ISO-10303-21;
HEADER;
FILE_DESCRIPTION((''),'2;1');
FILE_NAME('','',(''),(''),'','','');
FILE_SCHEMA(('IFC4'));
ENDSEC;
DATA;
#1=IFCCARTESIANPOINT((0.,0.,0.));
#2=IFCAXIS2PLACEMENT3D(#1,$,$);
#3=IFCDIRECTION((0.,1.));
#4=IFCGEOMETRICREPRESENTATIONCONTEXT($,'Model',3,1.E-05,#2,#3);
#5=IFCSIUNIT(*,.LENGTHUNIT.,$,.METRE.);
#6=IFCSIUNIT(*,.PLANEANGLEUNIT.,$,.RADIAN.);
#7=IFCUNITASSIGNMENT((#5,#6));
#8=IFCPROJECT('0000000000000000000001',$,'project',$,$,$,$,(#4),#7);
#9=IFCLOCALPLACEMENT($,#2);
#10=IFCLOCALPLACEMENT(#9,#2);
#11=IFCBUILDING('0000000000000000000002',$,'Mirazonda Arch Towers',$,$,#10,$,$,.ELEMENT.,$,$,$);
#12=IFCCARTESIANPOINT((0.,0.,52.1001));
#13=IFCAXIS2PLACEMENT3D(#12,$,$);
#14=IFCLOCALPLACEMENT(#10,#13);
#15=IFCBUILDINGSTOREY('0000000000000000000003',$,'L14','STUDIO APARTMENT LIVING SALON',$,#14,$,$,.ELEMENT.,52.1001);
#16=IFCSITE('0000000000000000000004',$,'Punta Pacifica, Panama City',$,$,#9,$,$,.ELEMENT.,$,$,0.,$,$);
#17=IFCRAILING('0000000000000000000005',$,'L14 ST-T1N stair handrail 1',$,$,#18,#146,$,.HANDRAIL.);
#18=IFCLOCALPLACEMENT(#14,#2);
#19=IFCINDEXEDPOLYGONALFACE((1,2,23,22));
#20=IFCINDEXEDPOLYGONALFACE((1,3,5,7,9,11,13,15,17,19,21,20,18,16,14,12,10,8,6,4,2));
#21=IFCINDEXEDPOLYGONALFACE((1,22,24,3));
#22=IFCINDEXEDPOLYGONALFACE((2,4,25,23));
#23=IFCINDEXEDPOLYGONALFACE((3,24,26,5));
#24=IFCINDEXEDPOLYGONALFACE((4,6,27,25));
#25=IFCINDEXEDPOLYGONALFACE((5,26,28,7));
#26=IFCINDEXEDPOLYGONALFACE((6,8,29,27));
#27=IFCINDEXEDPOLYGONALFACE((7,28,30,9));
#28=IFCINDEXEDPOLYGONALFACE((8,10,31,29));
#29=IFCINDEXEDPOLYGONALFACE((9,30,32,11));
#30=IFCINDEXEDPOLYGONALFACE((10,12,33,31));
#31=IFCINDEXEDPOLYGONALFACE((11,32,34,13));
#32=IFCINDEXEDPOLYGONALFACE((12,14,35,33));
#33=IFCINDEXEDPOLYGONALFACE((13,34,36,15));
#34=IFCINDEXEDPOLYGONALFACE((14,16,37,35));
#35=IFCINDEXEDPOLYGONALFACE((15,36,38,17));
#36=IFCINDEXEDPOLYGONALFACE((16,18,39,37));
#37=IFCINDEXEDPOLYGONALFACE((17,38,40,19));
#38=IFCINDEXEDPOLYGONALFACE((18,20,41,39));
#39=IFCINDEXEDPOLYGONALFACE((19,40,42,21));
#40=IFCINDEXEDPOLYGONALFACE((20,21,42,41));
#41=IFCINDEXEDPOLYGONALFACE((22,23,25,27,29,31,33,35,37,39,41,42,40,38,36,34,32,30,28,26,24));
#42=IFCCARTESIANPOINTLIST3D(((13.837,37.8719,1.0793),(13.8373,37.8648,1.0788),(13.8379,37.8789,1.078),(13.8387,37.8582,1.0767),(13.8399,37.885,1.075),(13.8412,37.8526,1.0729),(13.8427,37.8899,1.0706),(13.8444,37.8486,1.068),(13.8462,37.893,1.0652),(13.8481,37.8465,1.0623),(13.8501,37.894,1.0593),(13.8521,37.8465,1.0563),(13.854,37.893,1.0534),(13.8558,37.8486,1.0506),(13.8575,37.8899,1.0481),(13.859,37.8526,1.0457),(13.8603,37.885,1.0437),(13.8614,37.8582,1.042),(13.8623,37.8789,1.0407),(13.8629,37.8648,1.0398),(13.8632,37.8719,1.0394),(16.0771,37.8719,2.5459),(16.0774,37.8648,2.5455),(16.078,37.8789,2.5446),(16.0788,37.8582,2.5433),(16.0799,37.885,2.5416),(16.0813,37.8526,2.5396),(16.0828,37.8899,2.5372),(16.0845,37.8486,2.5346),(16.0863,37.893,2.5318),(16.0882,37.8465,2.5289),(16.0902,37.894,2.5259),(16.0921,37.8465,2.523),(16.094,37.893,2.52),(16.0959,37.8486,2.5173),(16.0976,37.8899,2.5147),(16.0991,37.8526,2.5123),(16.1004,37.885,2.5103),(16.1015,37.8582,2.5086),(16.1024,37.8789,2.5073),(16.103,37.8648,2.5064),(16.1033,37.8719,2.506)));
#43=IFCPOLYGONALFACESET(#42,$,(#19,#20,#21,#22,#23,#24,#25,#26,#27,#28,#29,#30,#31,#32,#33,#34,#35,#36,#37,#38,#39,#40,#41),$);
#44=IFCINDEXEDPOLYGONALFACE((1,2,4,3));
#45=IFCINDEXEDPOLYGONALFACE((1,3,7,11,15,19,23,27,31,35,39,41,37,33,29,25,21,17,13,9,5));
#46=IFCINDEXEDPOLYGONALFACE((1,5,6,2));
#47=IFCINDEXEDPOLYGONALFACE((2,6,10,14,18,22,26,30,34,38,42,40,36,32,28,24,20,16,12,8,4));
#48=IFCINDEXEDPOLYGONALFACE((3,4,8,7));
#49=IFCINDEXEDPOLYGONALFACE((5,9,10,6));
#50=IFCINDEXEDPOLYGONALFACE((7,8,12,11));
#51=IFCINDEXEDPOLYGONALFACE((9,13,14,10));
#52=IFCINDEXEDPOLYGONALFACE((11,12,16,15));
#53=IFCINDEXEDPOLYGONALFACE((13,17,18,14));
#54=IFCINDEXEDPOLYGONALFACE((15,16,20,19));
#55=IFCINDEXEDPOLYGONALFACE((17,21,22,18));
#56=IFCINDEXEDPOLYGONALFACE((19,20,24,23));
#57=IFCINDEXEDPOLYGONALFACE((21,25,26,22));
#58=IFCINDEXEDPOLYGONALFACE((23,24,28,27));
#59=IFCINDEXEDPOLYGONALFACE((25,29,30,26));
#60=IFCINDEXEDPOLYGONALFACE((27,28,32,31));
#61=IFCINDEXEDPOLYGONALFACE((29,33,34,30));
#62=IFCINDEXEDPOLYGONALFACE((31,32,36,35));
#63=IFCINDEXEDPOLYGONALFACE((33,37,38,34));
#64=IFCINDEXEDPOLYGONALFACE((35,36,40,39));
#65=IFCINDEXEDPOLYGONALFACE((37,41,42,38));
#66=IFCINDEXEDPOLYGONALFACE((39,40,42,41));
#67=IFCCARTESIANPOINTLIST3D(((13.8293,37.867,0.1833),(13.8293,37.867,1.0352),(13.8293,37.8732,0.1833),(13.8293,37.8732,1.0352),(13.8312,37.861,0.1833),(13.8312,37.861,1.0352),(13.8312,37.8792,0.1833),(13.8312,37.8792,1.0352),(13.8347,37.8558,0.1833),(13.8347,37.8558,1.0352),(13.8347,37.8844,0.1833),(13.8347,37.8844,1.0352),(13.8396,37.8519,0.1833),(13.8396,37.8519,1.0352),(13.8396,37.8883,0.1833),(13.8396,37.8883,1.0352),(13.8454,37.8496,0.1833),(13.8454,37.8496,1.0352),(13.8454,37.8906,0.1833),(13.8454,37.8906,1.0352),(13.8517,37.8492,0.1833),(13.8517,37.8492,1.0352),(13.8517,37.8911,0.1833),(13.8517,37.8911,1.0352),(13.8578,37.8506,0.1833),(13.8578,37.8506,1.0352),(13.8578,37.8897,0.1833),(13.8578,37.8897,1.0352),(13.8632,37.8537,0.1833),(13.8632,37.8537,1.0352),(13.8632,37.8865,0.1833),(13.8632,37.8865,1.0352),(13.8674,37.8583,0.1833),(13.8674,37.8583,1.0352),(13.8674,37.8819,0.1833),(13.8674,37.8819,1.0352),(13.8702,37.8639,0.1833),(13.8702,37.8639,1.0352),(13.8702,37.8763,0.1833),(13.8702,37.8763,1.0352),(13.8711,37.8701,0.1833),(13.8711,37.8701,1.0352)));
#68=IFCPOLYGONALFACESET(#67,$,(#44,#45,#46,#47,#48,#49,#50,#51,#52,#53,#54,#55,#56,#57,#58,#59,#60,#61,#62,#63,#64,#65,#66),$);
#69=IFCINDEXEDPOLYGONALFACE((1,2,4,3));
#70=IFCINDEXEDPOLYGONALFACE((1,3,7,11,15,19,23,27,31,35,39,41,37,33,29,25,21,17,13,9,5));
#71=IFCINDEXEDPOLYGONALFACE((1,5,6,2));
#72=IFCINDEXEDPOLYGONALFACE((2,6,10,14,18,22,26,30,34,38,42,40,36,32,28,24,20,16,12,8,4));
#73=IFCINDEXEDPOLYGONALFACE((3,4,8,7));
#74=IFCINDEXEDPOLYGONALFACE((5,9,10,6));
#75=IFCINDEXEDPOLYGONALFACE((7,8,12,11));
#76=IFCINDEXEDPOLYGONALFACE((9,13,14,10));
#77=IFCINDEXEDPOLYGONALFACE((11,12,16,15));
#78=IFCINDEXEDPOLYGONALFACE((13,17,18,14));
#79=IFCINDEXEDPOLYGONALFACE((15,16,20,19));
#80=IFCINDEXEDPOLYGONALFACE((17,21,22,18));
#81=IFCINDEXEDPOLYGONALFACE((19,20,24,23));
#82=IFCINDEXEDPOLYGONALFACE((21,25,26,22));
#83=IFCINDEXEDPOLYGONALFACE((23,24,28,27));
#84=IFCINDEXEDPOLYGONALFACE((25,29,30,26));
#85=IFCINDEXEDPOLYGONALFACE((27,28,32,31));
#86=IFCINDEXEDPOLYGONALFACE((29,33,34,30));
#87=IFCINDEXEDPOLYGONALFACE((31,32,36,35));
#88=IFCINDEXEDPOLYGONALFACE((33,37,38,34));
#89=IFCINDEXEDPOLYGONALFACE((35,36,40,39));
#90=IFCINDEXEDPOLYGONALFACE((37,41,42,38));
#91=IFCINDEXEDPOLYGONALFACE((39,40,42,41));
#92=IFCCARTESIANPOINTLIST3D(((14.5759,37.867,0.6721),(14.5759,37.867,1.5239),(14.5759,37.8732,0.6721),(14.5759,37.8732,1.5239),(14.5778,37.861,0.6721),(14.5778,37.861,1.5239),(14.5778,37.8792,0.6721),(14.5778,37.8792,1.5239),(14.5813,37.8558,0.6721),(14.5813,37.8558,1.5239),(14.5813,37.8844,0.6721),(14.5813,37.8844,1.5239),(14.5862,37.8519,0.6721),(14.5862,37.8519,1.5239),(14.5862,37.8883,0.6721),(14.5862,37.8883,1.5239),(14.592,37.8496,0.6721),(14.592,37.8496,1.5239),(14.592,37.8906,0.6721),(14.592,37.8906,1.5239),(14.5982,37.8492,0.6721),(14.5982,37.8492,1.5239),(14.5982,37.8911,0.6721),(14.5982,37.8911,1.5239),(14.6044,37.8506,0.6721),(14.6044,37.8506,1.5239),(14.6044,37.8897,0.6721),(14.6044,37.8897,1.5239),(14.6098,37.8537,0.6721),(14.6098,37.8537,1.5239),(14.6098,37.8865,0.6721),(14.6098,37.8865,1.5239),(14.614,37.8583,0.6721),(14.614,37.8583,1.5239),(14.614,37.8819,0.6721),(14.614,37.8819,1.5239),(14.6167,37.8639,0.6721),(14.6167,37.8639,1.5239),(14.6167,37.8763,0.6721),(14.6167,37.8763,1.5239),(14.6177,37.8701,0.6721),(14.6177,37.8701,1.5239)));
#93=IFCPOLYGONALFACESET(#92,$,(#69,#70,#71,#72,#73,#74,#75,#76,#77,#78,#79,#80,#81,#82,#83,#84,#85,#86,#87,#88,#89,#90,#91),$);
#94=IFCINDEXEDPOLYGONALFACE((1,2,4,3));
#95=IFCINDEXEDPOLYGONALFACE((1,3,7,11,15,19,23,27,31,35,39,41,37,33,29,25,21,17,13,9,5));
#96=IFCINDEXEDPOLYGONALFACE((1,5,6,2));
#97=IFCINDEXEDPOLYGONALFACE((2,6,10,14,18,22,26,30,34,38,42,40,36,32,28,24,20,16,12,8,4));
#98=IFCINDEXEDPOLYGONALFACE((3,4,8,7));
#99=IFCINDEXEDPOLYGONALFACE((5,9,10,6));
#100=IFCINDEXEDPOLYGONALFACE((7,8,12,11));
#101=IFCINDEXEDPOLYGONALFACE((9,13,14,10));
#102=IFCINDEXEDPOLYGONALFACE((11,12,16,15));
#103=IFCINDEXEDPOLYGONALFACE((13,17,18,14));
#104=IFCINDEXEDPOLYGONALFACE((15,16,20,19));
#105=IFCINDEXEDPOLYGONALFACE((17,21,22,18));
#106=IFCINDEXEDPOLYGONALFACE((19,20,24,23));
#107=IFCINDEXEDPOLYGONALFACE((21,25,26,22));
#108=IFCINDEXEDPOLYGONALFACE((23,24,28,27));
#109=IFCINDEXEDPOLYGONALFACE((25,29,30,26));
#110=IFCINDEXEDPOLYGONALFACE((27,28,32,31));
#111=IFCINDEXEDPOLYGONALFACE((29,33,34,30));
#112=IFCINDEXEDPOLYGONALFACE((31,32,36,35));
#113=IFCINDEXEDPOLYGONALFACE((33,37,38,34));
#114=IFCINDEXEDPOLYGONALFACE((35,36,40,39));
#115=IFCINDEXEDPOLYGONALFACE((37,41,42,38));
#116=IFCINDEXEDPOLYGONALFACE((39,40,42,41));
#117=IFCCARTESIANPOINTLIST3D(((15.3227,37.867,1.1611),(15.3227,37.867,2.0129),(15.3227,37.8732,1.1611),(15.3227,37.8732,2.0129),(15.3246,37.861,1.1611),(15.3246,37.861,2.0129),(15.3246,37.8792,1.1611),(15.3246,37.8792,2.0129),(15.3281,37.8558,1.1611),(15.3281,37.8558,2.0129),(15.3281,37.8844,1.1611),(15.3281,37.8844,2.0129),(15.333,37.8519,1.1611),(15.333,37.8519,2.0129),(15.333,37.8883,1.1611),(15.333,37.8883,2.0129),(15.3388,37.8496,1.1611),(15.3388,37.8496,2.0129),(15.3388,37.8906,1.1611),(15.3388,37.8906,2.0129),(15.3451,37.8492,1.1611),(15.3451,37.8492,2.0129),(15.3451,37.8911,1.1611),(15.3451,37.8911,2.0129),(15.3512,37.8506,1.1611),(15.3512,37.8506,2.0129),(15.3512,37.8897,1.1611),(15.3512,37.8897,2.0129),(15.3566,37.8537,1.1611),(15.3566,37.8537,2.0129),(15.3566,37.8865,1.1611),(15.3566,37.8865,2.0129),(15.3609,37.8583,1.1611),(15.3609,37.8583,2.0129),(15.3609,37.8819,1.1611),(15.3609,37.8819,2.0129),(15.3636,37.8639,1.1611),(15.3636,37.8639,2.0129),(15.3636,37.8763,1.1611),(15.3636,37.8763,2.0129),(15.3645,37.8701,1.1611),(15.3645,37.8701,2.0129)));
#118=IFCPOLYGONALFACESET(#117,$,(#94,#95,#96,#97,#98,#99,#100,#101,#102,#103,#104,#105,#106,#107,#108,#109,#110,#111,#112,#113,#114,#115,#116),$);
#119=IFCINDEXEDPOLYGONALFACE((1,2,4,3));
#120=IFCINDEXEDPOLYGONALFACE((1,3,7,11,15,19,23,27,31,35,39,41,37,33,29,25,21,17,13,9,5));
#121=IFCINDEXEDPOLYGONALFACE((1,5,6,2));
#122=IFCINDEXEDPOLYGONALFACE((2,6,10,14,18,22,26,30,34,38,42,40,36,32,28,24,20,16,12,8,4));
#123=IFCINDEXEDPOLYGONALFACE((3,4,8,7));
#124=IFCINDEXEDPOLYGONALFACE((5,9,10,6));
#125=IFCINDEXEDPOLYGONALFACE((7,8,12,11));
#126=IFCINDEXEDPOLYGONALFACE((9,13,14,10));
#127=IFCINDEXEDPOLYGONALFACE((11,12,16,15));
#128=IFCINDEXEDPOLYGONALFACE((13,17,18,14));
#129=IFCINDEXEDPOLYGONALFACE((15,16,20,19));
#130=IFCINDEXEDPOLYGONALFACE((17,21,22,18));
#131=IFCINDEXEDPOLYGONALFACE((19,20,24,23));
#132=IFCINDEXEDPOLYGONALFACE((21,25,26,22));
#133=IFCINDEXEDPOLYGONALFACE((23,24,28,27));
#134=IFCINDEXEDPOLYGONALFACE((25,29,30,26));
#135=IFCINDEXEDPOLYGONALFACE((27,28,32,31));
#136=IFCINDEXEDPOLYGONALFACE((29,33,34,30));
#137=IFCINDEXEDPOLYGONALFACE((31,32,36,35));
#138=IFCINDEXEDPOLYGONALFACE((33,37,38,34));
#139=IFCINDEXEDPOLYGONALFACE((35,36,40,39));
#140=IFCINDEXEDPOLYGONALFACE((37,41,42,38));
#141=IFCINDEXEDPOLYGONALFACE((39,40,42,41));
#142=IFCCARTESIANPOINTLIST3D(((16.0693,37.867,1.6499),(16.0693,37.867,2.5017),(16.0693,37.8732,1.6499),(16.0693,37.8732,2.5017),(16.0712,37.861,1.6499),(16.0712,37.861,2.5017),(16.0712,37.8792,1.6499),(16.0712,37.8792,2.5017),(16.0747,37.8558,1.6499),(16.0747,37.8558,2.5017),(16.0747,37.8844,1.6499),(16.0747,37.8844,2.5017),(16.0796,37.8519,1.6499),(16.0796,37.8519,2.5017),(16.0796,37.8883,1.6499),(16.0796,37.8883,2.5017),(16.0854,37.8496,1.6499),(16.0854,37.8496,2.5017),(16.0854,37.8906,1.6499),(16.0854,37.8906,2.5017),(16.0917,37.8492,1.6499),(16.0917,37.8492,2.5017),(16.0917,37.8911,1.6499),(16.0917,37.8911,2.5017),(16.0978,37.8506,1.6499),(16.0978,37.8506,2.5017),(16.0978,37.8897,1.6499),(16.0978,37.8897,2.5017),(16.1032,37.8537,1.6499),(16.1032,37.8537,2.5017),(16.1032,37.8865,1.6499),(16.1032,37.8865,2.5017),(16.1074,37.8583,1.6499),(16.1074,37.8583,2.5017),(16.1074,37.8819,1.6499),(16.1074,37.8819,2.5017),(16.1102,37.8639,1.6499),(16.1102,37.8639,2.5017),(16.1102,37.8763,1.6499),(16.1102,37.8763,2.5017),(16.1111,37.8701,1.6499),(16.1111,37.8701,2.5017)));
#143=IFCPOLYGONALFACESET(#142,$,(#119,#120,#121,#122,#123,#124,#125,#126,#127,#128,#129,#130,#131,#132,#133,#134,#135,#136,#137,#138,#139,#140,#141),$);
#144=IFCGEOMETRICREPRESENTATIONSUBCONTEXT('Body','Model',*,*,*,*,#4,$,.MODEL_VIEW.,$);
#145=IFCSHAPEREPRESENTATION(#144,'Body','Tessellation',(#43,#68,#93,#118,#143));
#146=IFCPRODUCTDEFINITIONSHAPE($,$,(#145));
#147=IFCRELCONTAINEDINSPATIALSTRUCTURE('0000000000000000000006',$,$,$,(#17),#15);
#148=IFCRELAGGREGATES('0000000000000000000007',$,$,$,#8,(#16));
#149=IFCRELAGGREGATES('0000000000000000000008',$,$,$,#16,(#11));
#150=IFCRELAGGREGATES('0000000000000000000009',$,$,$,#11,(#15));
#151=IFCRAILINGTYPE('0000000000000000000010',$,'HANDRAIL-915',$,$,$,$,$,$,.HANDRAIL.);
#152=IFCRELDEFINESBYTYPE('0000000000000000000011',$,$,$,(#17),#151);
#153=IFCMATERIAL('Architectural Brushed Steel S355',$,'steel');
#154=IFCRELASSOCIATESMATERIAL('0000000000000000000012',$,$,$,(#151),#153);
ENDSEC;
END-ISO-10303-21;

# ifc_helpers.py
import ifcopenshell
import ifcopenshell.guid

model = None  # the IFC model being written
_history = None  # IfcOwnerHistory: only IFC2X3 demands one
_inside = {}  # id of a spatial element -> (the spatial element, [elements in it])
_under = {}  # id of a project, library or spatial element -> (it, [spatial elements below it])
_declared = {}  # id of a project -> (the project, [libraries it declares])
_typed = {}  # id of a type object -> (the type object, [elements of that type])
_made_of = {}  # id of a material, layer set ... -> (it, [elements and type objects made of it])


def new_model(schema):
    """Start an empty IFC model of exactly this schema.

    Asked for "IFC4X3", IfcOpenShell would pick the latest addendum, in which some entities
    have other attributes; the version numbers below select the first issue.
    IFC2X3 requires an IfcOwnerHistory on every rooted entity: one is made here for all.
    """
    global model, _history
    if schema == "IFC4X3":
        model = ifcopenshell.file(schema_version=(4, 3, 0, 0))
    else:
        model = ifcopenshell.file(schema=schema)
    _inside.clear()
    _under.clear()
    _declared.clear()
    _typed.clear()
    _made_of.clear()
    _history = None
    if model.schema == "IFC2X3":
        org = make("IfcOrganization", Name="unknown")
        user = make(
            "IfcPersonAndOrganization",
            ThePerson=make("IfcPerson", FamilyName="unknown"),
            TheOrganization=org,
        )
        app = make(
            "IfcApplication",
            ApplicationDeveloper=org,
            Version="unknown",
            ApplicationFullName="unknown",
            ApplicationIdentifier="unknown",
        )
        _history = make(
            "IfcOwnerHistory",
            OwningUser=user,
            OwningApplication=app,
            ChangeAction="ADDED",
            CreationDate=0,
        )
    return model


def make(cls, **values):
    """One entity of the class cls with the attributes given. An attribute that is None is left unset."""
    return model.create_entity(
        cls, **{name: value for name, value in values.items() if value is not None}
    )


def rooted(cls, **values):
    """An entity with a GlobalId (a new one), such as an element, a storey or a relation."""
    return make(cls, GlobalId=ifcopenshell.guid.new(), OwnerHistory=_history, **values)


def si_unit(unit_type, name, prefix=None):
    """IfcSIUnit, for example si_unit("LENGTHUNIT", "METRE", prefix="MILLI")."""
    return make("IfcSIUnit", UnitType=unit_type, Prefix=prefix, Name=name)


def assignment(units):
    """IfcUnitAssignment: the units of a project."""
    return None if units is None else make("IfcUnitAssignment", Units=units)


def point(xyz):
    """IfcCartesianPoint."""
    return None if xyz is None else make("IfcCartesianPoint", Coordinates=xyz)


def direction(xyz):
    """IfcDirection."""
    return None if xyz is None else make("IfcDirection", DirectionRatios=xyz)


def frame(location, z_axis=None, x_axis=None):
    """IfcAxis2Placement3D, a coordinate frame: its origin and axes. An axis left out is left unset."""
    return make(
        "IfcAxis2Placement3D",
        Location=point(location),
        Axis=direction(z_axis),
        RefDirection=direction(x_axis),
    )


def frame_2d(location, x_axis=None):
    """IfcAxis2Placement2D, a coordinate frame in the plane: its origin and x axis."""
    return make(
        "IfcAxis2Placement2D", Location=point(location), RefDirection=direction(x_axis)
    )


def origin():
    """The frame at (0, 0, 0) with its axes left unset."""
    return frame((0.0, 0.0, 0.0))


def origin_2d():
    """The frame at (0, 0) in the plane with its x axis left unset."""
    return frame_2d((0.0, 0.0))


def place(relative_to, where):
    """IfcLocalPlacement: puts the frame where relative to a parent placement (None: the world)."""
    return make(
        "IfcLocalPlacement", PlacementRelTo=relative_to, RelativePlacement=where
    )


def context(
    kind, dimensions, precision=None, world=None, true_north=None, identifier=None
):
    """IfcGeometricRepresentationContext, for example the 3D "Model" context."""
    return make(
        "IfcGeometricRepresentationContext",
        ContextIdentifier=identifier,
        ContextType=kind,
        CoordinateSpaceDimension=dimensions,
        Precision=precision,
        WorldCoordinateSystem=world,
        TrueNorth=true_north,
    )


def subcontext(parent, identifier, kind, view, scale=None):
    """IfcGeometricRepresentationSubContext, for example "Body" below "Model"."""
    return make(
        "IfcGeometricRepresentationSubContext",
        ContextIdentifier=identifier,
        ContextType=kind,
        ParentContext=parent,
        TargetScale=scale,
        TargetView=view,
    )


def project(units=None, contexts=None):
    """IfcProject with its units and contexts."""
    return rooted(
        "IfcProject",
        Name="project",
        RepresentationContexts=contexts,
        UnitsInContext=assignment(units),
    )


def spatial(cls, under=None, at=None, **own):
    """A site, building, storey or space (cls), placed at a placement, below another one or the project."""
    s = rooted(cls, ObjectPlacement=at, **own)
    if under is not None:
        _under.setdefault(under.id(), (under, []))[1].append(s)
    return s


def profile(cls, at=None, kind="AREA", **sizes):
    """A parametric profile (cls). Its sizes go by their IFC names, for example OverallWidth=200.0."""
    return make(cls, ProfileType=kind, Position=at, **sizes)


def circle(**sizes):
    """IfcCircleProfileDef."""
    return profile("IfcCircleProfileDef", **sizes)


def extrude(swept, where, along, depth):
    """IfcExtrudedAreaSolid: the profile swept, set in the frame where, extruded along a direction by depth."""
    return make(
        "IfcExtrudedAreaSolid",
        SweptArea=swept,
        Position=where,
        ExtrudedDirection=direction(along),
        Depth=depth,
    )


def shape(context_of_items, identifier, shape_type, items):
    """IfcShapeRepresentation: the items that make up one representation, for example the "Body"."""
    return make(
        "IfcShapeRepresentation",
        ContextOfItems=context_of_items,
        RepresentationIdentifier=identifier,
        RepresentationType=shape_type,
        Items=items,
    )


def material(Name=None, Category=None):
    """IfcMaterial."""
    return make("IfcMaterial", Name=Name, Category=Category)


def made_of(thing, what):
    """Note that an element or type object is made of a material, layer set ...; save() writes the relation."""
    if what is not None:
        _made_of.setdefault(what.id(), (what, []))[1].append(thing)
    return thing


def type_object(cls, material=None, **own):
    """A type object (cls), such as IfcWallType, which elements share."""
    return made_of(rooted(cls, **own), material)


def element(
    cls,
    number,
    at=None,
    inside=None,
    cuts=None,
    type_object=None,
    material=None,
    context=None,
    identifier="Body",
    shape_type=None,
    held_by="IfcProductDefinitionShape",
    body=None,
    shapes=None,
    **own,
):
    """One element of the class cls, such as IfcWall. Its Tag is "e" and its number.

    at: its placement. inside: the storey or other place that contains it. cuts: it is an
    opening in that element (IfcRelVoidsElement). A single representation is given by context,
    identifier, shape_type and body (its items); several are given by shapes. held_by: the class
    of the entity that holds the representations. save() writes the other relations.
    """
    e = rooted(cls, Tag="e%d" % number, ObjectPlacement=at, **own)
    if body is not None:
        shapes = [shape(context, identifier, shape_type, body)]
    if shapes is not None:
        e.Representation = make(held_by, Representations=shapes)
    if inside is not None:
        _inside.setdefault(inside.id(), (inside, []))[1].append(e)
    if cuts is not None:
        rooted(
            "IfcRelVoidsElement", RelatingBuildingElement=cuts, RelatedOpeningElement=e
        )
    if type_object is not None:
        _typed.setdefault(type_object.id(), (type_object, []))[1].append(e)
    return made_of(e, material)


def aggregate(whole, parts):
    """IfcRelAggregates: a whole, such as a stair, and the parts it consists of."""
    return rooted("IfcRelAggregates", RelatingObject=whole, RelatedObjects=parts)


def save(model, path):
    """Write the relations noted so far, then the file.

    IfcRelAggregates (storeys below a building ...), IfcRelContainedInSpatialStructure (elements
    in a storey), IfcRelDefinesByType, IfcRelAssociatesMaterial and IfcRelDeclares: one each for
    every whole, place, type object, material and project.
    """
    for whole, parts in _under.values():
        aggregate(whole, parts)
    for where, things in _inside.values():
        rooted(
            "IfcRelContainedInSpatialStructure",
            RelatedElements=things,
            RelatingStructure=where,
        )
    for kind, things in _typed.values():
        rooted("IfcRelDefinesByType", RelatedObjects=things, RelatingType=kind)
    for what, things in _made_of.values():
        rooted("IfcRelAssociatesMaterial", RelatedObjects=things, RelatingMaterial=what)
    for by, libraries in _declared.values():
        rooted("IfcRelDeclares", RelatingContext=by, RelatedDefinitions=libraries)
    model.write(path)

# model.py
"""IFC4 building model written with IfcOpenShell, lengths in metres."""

from ifc_helpers import new_model, si_unit, direction, frame, origin, origin_2d, place, context, subcontext, project, spatial, circle, extrude, material, type_object, element, save


model = new_model("IFC4")

# Units and contexts
model_context = context("Model", 3, precision=1e-05, world=origin(), true_north=direction((0.0, 1.0)))
body_context = subcontext(model_context, "Body", "Model", "MODEL_VIEW")
ifc_project = project(units=[si_unit("LENGTHUNIT", "METRE"), si_unit("PLANEANGLEUNIT", "RADIAN")], contexts=[model_context])

# Site, building, storey
site_placement = place(None, origin())
site = spatial("IfcSite", under=ifc_project, at=site_placement, Name="Punta Pacifica, Panama City", CompositionType="ELEMENT", RefElevation=0.0)
building_placement = place(site_placement, origin())
building = spatial("IfcBuilding", under=site, at=building_placement, Name="Mirazonda Arch Towers", CompositionType="ELEMENT")
storey_placement = place(building_placement, frame((0.0, 0.0, 52.1001)))
storey = spatial("IfcBuildingStorey", under=building, at=storey_placement, Name="L14", Description="STUDIO APARTMENT LIVING SALON", CompositionType="ELEMENT", Elevation=52.1001)

# Shared definitions
ifc_material_1 = material(Name="Architectural Brushed Steel S355", Category="steel")

# Railing
railing_type_1 = type_object("IfcRailingType", Name="HANDRAIL-915", PredefinedType="HANDRAIL", material=ifc_material_1)
railing_1_placement = place(storey_placement, frame((13.8501, 37.8701, 0.1833)))
element("IfcRailing", 1, at=railing_1_placement, inside=storey, type_object=railing_type_1, Name="L14 ST-T1N stair handrail 1", PredefinedType="HANDRAIL", context=body_context, shape_type="SweptSolid", body=[
    extrude(circle(Radius=0.0239, at=origin_2d()), frame((0.0, 0.0, 0.876), z_axis=(0.836637, 0.0, 0.547758), x_axis=(0.0, 1.0, 0.0)), (0.0, 0.0, 1.0), 2.6775),
    extrude(circle(Radius=0.021, at=origin_2d()), origin(), (0.0, 0.0, 1.0), 0.8518),
    extrude(circle(Radius=0.021, at=origin_2d()), frame((0.7466, 0.0, 0.4888)), (0.0, 0.0, 1.0), 0.8518),
    extrude(circle(Radius=0.021, at=origin_2d()), frame((1.4934, 0.0, 0.9778)), (0.0, 0.0, 1.0), 0.8518),
    extrude(circle(Radius=0.021, at=origin_2d()), frame((2.24, 0.0, 1.4666)), (0.0, 0.0, 1.0), 0.8518),
])

save(model, "model.ifc")
